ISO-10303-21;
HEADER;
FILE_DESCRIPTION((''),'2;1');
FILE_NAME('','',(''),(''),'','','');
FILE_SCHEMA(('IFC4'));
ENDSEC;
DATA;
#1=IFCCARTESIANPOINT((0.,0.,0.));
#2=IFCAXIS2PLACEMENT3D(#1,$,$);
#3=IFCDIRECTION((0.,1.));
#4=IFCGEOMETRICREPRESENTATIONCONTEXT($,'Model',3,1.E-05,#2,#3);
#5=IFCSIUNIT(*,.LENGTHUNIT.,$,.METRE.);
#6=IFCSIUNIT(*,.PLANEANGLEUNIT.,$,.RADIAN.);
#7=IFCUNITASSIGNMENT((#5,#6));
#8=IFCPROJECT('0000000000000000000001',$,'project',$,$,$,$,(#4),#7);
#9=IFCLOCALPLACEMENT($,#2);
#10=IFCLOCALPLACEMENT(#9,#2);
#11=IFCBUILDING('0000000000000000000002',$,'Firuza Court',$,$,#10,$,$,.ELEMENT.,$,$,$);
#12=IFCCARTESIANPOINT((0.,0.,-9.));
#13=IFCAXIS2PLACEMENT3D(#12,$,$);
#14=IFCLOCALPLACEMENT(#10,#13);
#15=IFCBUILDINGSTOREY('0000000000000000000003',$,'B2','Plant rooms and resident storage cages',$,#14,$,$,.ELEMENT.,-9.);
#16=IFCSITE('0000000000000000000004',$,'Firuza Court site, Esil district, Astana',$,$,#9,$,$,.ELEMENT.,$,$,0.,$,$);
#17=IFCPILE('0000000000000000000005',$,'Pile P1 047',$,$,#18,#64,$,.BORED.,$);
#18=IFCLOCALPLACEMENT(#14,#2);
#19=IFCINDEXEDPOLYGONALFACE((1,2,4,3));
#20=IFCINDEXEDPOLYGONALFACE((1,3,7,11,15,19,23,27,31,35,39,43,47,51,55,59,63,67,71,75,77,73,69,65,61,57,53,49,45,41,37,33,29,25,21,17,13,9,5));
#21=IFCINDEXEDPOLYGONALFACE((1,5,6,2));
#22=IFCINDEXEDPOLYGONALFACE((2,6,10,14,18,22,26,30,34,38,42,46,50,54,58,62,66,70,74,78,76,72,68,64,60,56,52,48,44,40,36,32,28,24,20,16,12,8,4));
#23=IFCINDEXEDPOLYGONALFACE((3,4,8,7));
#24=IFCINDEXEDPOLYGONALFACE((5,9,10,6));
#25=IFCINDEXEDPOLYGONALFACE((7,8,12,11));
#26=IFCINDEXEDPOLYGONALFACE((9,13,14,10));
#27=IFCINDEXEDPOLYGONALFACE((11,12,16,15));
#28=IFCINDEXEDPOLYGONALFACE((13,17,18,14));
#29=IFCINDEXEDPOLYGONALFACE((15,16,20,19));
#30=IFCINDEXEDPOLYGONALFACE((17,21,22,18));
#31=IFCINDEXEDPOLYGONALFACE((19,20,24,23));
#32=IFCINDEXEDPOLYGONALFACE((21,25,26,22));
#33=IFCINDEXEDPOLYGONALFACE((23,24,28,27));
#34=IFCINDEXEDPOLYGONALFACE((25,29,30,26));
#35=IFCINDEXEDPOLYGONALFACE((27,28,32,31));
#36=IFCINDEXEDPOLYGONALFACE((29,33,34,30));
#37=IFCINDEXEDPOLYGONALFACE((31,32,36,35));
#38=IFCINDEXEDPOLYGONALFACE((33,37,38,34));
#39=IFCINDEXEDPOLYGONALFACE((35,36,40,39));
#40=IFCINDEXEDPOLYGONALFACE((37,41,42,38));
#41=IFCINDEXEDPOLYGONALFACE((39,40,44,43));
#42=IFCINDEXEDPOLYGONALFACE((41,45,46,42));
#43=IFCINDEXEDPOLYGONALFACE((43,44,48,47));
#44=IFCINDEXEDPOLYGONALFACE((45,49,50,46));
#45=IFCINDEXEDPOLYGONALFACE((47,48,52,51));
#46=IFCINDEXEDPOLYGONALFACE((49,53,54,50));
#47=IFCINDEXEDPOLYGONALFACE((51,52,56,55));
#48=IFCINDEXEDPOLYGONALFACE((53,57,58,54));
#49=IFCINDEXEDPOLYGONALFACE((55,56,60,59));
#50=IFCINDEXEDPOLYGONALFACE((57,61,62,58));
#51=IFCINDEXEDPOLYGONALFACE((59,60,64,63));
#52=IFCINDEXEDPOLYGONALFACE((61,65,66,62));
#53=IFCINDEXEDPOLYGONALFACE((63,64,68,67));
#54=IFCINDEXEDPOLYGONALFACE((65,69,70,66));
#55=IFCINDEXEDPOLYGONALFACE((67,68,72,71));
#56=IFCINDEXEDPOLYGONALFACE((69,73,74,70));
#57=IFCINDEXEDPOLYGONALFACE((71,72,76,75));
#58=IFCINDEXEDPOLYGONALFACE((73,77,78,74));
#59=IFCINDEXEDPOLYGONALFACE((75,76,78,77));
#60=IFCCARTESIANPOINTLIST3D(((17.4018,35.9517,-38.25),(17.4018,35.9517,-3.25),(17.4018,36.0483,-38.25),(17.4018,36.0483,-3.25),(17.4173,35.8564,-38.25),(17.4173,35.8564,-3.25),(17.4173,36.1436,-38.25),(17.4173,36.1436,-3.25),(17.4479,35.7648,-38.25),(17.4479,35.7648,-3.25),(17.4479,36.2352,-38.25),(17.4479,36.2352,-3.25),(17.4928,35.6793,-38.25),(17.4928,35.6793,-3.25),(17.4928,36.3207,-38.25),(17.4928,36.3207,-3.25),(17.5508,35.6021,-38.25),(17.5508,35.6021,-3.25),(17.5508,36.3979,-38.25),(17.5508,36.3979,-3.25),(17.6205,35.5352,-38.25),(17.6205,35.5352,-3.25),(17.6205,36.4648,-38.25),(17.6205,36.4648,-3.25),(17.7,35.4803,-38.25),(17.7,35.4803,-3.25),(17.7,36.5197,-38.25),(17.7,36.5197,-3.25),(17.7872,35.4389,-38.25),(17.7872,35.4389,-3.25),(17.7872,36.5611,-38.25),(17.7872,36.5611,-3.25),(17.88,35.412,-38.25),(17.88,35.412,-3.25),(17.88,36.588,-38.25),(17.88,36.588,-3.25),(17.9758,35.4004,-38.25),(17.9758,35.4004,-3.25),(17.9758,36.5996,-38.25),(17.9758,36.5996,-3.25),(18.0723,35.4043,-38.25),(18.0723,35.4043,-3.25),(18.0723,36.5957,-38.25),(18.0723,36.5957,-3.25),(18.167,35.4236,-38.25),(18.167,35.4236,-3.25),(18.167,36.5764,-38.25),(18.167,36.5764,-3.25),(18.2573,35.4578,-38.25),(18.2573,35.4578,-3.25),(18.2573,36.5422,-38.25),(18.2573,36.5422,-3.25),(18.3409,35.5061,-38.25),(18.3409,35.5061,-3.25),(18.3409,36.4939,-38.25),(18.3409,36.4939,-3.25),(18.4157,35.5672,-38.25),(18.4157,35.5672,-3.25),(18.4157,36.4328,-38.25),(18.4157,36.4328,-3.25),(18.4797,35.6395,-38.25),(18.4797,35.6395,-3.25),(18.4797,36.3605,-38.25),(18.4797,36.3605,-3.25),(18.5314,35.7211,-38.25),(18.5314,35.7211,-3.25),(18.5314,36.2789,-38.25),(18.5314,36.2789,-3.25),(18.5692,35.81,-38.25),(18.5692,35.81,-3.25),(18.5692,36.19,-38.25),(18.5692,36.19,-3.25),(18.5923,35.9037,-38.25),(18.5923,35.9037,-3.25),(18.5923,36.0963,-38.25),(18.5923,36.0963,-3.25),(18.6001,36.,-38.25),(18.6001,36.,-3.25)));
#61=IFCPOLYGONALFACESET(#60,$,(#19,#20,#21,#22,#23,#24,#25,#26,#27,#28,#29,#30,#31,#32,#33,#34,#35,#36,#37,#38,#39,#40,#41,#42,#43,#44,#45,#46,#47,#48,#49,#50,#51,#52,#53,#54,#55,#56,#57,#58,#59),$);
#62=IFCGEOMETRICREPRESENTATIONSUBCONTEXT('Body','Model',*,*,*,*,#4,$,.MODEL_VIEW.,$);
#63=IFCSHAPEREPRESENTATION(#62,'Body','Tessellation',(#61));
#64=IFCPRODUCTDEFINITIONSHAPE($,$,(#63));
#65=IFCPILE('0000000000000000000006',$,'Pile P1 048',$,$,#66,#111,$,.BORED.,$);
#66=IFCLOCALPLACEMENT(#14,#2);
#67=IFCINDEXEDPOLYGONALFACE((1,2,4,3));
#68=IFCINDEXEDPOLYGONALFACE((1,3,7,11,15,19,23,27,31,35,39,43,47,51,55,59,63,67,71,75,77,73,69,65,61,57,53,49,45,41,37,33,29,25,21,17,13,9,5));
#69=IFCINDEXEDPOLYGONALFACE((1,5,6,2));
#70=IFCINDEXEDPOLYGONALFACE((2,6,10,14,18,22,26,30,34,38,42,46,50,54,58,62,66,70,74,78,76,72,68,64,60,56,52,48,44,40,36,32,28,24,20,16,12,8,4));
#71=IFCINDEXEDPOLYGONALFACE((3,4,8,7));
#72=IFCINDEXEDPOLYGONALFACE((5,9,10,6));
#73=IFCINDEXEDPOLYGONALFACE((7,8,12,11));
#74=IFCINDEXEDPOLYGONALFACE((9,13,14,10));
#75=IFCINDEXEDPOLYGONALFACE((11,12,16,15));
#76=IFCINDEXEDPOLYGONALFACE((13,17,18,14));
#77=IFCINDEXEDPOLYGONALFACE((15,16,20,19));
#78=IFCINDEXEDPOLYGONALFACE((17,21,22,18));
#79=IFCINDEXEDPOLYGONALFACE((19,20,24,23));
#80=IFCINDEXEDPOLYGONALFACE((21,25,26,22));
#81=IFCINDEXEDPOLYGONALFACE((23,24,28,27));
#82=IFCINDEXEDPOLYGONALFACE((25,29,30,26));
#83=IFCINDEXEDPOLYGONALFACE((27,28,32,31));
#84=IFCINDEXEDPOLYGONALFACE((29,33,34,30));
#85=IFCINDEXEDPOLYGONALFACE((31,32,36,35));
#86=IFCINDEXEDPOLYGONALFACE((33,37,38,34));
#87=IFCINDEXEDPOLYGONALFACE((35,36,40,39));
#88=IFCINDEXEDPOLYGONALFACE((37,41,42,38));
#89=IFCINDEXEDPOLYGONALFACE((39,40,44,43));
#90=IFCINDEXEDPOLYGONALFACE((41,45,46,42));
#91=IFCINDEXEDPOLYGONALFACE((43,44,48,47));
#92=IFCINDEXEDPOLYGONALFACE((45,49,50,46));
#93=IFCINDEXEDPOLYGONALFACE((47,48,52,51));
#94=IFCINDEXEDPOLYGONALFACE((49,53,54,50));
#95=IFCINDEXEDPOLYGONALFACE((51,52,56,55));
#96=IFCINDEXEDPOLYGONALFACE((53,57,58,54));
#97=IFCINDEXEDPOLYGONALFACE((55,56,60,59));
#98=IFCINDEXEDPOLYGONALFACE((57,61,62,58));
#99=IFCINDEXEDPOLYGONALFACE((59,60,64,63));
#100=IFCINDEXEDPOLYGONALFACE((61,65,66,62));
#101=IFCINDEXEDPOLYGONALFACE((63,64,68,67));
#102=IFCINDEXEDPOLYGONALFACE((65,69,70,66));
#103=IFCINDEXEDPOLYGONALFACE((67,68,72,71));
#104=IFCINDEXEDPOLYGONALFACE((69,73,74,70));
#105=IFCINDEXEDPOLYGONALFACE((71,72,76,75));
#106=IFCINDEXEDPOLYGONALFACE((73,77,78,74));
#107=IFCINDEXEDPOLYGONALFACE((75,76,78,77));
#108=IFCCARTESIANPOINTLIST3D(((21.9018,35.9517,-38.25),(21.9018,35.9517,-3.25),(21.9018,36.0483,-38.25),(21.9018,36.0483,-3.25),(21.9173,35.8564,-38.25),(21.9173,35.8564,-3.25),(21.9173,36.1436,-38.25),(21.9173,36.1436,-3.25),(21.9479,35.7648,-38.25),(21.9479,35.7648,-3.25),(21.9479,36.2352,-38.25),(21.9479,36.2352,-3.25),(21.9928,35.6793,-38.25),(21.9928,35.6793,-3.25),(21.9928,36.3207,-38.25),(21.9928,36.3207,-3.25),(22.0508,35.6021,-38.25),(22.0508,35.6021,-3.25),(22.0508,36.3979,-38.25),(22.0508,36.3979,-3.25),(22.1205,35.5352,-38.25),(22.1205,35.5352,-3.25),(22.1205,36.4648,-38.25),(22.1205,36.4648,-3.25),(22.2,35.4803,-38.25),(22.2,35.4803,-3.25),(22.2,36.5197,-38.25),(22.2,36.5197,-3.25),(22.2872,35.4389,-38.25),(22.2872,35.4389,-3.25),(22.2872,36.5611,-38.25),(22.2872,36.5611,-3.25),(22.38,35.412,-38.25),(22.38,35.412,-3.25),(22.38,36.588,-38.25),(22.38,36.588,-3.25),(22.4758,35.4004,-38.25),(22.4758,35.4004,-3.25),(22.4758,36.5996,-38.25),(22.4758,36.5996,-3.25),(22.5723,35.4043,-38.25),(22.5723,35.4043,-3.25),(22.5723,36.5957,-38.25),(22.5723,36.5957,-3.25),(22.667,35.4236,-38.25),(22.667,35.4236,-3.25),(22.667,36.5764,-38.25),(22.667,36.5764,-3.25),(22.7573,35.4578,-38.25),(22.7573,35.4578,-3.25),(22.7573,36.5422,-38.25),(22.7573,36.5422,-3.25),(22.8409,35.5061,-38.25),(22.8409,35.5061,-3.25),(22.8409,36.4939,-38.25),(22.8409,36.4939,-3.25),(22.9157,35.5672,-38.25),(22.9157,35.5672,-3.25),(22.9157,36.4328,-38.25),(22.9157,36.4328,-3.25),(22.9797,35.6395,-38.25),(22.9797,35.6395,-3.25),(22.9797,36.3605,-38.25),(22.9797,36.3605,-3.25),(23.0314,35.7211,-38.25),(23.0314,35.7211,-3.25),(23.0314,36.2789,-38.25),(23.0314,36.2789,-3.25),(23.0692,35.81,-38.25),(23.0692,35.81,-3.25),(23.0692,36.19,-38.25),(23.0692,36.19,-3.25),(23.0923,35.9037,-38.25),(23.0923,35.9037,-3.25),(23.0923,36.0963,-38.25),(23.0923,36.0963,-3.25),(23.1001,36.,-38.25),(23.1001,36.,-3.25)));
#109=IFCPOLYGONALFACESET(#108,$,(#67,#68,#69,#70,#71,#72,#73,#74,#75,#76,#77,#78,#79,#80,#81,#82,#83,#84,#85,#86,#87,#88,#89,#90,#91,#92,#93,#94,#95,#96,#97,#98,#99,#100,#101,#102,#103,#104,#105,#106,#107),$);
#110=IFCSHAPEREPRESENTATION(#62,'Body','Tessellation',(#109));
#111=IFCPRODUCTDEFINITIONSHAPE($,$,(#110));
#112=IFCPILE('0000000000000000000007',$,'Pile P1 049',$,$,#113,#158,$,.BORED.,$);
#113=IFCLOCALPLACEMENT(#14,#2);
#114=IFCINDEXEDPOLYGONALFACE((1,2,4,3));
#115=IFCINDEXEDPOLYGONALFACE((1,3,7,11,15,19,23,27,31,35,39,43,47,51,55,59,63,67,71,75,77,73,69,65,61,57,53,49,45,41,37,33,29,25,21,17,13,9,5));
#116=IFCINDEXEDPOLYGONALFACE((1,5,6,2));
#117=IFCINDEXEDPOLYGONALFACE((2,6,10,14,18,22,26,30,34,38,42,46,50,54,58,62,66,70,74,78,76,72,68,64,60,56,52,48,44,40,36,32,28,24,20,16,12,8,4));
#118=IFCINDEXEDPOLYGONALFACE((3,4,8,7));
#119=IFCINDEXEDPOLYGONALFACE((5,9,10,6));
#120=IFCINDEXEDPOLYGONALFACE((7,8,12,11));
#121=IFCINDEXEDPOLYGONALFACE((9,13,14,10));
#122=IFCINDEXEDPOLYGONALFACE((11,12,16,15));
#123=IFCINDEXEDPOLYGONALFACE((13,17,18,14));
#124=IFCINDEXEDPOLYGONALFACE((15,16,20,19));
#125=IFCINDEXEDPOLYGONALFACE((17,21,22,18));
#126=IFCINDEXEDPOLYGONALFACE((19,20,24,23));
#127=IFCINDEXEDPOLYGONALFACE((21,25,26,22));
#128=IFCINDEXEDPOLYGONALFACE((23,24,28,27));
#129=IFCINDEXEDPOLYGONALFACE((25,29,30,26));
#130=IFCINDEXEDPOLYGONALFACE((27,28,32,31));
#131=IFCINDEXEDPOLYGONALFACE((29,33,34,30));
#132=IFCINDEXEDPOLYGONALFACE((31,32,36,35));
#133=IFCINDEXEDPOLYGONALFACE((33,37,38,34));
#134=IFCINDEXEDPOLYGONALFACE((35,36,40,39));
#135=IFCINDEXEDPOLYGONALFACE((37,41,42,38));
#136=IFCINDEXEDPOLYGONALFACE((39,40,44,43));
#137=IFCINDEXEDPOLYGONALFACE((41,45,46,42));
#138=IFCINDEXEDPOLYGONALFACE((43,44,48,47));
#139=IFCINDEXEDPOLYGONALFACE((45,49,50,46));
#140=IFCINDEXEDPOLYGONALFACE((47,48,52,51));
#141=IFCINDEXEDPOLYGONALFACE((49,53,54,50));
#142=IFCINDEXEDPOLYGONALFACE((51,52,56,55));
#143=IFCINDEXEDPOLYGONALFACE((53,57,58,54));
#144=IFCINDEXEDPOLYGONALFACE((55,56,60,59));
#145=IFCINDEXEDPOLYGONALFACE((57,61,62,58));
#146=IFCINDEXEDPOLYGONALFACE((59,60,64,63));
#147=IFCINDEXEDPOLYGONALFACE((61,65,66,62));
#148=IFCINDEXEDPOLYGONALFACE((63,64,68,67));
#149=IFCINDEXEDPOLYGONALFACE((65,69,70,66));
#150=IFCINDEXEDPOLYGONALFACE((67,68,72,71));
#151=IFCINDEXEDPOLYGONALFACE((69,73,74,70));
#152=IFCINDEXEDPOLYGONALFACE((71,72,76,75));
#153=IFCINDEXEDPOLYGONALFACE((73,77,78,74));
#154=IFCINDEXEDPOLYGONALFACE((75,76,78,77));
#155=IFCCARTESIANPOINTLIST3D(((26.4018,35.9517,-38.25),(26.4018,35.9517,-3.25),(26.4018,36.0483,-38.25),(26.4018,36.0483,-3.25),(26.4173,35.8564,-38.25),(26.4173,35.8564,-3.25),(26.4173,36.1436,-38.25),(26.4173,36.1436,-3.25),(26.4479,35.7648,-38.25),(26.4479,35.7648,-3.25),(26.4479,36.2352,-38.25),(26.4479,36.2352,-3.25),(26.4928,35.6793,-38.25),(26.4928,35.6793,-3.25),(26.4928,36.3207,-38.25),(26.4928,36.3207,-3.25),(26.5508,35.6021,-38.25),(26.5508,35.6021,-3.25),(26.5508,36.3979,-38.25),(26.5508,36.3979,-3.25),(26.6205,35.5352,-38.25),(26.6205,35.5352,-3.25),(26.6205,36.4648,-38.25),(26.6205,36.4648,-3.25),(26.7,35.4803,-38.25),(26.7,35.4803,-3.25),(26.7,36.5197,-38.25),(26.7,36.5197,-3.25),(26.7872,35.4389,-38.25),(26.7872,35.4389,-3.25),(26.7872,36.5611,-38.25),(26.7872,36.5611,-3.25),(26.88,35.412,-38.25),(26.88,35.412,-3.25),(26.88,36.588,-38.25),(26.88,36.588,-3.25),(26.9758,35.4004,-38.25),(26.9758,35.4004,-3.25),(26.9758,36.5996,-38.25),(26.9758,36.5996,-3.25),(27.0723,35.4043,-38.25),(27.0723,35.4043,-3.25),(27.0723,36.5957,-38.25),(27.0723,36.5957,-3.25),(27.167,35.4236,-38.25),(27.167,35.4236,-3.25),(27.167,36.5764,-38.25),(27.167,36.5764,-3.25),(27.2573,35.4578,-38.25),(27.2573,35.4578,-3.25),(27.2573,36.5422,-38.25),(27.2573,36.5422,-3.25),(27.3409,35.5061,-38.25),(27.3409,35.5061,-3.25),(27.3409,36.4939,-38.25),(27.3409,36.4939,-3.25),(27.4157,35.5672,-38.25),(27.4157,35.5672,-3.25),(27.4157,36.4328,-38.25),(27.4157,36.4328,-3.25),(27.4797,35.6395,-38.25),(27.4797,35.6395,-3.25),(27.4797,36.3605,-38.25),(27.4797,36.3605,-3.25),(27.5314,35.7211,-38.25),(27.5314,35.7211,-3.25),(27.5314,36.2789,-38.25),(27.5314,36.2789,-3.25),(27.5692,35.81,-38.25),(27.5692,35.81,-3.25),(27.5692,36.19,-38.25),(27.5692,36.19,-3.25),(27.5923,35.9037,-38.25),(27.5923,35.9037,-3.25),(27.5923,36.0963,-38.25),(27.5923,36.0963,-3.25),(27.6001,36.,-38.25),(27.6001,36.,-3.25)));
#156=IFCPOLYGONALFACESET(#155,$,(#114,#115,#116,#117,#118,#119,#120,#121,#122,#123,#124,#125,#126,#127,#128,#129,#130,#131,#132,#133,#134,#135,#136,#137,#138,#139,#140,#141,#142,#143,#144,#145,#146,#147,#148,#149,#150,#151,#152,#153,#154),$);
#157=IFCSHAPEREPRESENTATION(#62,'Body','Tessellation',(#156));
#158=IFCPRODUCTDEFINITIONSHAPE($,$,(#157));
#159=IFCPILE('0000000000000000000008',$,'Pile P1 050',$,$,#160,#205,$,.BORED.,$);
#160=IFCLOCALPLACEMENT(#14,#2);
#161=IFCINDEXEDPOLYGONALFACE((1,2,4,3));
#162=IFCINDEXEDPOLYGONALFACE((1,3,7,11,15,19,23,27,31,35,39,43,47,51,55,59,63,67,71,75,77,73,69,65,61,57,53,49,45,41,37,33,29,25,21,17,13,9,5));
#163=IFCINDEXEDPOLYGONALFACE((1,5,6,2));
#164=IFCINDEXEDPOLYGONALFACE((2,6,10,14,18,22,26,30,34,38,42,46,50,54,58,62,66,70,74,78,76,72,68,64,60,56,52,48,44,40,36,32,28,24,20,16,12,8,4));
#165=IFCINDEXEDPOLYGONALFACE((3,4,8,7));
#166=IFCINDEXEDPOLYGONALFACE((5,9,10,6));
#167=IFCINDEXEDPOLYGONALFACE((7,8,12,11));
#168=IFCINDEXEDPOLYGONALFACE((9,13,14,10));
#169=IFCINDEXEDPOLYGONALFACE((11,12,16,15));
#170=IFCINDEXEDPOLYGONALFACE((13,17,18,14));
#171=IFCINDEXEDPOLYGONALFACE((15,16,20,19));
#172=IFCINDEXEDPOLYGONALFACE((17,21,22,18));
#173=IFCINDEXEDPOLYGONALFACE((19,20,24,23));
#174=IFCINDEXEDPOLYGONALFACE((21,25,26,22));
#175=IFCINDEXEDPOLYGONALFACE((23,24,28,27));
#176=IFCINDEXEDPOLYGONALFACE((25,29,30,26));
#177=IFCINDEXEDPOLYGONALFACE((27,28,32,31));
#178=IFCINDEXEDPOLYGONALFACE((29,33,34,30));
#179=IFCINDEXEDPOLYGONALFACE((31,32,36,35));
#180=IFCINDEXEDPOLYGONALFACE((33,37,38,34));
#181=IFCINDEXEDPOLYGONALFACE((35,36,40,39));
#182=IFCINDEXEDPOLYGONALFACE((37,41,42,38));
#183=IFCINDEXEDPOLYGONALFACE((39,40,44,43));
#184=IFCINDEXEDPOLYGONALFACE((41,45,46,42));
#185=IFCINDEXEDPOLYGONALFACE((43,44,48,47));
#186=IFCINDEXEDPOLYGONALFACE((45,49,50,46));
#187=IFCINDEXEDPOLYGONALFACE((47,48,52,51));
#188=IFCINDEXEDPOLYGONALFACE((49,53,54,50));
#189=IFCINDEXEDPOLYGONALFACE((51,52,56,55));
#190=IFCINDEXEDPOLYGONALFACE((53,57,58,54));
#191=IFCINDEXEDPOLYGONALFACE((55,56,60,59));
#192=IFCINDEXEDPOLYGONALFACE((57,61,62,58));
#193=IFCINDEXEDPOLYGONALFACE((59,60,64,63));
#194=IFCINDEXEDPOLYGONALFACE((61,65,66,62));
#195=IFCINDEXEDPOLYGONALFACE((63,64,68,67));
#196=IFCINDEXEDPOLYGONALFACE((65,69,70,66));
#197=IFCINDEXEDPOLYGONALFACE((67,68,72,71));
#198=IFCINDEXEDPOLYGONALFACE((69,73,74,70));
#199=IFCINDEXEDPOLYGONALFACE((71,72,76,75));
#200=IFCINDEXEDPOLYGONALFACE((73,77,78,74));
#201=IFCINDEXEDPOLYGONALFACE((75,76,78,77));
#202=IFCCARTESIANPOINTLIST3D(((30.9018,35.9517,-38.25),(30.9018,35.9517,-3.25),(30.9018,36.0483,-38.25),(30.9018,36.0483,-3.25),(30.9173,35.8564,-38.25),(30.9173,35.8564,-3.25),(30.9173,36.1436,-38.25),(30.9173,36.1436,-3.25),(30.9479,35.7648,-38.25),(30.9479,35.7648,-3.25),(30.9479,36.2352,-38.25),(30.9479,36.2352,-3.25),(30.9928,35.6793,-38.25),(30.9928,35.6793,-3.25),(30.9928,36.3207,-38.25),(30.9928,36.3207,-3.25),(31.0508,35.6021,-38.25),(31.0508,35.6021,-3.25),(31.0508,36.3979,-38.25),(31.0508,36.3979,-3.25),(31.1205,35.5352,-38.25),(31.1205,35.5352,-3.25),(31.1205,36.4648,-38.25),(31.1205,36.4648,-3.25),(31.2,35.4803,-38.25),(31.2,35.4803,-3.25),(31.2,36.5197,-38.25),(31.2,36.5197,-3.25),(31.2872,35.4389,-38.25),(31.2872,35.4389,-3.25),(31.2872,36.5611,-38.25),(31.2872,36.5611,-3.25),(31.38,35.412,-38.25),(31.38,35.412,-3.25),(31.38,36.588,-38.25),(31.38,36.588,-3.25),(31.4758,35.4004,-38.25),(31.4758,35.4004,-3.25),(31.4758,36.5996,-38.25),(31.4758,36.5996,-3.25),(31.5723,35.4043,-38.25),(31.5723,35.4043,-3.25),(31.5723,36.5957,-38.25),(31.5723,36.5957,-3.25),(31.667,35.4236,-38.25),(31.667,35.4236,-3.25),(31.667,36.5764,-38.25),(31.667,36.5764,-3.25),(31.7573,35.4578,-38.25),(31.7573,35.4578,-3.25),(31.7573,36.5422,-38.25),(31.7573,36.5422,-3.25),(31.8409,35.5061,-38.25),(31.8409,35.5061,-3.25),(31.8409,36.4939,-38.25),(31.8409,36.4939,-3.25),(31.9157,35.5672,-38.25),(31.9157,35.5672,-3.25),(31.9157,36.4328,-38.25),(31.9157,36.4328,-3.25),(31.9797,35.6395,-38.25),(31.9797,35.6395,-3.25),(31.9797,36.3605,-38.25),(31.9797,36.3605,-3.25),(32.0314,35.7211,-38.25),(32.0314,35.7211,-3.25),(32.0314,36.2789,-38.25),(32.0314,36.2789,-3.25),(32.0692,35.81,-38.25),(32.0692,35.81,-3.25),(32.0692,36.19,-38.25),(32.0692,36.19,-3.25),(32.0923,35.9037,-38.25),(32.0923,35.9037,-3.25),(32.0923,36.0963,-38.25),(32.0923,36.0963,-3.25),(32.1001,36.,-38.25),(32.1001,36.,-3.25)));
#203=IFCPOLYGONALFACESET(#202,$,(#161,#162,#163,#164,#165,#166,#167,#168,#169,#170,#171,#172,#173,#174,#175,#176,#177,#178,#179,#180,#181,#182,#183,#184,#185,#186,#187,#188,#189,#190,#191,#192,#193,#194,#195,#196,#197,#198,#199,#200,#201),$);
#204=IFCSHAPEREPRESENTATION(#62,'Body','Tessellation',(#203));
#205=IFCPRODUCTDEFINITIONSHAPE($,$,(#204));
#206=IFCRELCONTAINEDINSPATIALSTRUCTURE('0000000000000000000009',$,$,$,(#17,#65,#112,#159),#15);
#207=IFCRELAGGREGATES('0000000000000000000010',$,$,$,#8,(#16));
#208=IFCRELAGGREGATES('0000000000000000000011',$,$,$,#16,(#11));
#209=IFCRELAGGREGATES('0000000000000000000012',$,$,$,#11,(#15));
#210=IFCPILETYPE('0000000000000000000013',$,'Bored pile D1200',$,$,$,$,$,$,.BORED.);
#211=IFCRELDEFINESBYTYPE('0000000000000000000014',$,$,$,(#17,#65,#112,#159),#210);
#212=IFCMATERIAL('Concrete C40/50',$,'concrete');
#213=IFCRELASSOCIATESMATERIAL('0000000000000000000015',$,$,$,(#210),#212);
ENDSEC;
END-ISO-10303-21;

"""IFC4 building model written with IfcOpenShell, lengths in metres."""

from ifc_helpers import new_model, si_unit, direction, frame, origin, origin_2d, place, context, subcontext, project, spatial, circle, extrude, material, material_profile, profile_set, type_object, element, save


model = new_model("IFC4")

# Units and contexts
model_context = context("Model", 3, precision=1e-05, world=origin(), true_north=direction((0.0, 1.0)))
body_context = subcontext(model_context, "Body", "Model", "MODEL_VIEW")
ifc_project = project(units=[si_unit("LENGTHUNIT", "METRE"), si_unit("PLANEANGLEUNIT", "RADIAN")], contexts=[model_context])

# Site, building, storey
site_placement = place(None, origin())
site = spatial("IfcSite", under=ifc_project, at=site_placement, Name="Firuza Court site, Esil district, Astana", CompositionType="ELEMENT", RefElevation=0.0)
building_placement = place(site_placement, origin())
building = spatial("IfcBuilding", under=site, at=building_placement, Name="Firuza Court", CompositionType="ELEMENT")
storey_placement = place(building_placement, frame((0.0, 0.0, -9.0)))
storey = spatial("IfcBuildingStorey", under=building, at=storey_placement, Name="B2", Description="Plant rooms and resident storage cages", CompositionType="ELEMENT", Elevation=-9.0)

# Piles
ifc_material_1 = material(Name="Concrete C40/50", Category="concrete")
ifc_material_profile_1 = material_profile(ifc_material_1, circle(Radius=0.6001, at=origin_2d()), Name="Pile D1200")
ifc_profile_set_1 = profile_set([ifc_material_profile_1], Name="Concrete C40/50")
pile_type = type_object("IfcPileType", Name="Bored pile D1200", PredefinedType="BORED", material=ifc_profile_set_1)
for number, where, z_axis, x_axis, name in (
    (1, (18.0, 36.0, -3.25), (0.0, 0.0, -1.0), (1.0, 0.0, 0.0), "Pile P1 047"),
    (2, (22.5, 36.0, -3.25), (0.0, 0.0, -1.0), (1.0, 0.0, 0.0), "Pile P1 048"),
    (3, (27.0, 36.0, -3.25), (0.0, 0.0, -1.0), (1.0, 0.0, 0.0), "Pile P1 049"),
    (4, (31.5, 36.0, -3.25), (0.0, 0.0, -1.0), (1.0, 0.0, 0.0), "Pile P1 050"),
):
    element("IfcPile", number, at=place(storey_placement, frame(where, z_axis=z_axis, x_axis=x_axis)), inside=storey, type_object=pile_type, Name=name, PredefinedType="BORED", context=body_context, shape_type="SweptSolid", body=[
        extrude(circle(Radius=0.6001, at=origin_2d()), origin(), (0.0, 0.0, 1.0), 35.0),
    ])

save(model, "model.ifc")
